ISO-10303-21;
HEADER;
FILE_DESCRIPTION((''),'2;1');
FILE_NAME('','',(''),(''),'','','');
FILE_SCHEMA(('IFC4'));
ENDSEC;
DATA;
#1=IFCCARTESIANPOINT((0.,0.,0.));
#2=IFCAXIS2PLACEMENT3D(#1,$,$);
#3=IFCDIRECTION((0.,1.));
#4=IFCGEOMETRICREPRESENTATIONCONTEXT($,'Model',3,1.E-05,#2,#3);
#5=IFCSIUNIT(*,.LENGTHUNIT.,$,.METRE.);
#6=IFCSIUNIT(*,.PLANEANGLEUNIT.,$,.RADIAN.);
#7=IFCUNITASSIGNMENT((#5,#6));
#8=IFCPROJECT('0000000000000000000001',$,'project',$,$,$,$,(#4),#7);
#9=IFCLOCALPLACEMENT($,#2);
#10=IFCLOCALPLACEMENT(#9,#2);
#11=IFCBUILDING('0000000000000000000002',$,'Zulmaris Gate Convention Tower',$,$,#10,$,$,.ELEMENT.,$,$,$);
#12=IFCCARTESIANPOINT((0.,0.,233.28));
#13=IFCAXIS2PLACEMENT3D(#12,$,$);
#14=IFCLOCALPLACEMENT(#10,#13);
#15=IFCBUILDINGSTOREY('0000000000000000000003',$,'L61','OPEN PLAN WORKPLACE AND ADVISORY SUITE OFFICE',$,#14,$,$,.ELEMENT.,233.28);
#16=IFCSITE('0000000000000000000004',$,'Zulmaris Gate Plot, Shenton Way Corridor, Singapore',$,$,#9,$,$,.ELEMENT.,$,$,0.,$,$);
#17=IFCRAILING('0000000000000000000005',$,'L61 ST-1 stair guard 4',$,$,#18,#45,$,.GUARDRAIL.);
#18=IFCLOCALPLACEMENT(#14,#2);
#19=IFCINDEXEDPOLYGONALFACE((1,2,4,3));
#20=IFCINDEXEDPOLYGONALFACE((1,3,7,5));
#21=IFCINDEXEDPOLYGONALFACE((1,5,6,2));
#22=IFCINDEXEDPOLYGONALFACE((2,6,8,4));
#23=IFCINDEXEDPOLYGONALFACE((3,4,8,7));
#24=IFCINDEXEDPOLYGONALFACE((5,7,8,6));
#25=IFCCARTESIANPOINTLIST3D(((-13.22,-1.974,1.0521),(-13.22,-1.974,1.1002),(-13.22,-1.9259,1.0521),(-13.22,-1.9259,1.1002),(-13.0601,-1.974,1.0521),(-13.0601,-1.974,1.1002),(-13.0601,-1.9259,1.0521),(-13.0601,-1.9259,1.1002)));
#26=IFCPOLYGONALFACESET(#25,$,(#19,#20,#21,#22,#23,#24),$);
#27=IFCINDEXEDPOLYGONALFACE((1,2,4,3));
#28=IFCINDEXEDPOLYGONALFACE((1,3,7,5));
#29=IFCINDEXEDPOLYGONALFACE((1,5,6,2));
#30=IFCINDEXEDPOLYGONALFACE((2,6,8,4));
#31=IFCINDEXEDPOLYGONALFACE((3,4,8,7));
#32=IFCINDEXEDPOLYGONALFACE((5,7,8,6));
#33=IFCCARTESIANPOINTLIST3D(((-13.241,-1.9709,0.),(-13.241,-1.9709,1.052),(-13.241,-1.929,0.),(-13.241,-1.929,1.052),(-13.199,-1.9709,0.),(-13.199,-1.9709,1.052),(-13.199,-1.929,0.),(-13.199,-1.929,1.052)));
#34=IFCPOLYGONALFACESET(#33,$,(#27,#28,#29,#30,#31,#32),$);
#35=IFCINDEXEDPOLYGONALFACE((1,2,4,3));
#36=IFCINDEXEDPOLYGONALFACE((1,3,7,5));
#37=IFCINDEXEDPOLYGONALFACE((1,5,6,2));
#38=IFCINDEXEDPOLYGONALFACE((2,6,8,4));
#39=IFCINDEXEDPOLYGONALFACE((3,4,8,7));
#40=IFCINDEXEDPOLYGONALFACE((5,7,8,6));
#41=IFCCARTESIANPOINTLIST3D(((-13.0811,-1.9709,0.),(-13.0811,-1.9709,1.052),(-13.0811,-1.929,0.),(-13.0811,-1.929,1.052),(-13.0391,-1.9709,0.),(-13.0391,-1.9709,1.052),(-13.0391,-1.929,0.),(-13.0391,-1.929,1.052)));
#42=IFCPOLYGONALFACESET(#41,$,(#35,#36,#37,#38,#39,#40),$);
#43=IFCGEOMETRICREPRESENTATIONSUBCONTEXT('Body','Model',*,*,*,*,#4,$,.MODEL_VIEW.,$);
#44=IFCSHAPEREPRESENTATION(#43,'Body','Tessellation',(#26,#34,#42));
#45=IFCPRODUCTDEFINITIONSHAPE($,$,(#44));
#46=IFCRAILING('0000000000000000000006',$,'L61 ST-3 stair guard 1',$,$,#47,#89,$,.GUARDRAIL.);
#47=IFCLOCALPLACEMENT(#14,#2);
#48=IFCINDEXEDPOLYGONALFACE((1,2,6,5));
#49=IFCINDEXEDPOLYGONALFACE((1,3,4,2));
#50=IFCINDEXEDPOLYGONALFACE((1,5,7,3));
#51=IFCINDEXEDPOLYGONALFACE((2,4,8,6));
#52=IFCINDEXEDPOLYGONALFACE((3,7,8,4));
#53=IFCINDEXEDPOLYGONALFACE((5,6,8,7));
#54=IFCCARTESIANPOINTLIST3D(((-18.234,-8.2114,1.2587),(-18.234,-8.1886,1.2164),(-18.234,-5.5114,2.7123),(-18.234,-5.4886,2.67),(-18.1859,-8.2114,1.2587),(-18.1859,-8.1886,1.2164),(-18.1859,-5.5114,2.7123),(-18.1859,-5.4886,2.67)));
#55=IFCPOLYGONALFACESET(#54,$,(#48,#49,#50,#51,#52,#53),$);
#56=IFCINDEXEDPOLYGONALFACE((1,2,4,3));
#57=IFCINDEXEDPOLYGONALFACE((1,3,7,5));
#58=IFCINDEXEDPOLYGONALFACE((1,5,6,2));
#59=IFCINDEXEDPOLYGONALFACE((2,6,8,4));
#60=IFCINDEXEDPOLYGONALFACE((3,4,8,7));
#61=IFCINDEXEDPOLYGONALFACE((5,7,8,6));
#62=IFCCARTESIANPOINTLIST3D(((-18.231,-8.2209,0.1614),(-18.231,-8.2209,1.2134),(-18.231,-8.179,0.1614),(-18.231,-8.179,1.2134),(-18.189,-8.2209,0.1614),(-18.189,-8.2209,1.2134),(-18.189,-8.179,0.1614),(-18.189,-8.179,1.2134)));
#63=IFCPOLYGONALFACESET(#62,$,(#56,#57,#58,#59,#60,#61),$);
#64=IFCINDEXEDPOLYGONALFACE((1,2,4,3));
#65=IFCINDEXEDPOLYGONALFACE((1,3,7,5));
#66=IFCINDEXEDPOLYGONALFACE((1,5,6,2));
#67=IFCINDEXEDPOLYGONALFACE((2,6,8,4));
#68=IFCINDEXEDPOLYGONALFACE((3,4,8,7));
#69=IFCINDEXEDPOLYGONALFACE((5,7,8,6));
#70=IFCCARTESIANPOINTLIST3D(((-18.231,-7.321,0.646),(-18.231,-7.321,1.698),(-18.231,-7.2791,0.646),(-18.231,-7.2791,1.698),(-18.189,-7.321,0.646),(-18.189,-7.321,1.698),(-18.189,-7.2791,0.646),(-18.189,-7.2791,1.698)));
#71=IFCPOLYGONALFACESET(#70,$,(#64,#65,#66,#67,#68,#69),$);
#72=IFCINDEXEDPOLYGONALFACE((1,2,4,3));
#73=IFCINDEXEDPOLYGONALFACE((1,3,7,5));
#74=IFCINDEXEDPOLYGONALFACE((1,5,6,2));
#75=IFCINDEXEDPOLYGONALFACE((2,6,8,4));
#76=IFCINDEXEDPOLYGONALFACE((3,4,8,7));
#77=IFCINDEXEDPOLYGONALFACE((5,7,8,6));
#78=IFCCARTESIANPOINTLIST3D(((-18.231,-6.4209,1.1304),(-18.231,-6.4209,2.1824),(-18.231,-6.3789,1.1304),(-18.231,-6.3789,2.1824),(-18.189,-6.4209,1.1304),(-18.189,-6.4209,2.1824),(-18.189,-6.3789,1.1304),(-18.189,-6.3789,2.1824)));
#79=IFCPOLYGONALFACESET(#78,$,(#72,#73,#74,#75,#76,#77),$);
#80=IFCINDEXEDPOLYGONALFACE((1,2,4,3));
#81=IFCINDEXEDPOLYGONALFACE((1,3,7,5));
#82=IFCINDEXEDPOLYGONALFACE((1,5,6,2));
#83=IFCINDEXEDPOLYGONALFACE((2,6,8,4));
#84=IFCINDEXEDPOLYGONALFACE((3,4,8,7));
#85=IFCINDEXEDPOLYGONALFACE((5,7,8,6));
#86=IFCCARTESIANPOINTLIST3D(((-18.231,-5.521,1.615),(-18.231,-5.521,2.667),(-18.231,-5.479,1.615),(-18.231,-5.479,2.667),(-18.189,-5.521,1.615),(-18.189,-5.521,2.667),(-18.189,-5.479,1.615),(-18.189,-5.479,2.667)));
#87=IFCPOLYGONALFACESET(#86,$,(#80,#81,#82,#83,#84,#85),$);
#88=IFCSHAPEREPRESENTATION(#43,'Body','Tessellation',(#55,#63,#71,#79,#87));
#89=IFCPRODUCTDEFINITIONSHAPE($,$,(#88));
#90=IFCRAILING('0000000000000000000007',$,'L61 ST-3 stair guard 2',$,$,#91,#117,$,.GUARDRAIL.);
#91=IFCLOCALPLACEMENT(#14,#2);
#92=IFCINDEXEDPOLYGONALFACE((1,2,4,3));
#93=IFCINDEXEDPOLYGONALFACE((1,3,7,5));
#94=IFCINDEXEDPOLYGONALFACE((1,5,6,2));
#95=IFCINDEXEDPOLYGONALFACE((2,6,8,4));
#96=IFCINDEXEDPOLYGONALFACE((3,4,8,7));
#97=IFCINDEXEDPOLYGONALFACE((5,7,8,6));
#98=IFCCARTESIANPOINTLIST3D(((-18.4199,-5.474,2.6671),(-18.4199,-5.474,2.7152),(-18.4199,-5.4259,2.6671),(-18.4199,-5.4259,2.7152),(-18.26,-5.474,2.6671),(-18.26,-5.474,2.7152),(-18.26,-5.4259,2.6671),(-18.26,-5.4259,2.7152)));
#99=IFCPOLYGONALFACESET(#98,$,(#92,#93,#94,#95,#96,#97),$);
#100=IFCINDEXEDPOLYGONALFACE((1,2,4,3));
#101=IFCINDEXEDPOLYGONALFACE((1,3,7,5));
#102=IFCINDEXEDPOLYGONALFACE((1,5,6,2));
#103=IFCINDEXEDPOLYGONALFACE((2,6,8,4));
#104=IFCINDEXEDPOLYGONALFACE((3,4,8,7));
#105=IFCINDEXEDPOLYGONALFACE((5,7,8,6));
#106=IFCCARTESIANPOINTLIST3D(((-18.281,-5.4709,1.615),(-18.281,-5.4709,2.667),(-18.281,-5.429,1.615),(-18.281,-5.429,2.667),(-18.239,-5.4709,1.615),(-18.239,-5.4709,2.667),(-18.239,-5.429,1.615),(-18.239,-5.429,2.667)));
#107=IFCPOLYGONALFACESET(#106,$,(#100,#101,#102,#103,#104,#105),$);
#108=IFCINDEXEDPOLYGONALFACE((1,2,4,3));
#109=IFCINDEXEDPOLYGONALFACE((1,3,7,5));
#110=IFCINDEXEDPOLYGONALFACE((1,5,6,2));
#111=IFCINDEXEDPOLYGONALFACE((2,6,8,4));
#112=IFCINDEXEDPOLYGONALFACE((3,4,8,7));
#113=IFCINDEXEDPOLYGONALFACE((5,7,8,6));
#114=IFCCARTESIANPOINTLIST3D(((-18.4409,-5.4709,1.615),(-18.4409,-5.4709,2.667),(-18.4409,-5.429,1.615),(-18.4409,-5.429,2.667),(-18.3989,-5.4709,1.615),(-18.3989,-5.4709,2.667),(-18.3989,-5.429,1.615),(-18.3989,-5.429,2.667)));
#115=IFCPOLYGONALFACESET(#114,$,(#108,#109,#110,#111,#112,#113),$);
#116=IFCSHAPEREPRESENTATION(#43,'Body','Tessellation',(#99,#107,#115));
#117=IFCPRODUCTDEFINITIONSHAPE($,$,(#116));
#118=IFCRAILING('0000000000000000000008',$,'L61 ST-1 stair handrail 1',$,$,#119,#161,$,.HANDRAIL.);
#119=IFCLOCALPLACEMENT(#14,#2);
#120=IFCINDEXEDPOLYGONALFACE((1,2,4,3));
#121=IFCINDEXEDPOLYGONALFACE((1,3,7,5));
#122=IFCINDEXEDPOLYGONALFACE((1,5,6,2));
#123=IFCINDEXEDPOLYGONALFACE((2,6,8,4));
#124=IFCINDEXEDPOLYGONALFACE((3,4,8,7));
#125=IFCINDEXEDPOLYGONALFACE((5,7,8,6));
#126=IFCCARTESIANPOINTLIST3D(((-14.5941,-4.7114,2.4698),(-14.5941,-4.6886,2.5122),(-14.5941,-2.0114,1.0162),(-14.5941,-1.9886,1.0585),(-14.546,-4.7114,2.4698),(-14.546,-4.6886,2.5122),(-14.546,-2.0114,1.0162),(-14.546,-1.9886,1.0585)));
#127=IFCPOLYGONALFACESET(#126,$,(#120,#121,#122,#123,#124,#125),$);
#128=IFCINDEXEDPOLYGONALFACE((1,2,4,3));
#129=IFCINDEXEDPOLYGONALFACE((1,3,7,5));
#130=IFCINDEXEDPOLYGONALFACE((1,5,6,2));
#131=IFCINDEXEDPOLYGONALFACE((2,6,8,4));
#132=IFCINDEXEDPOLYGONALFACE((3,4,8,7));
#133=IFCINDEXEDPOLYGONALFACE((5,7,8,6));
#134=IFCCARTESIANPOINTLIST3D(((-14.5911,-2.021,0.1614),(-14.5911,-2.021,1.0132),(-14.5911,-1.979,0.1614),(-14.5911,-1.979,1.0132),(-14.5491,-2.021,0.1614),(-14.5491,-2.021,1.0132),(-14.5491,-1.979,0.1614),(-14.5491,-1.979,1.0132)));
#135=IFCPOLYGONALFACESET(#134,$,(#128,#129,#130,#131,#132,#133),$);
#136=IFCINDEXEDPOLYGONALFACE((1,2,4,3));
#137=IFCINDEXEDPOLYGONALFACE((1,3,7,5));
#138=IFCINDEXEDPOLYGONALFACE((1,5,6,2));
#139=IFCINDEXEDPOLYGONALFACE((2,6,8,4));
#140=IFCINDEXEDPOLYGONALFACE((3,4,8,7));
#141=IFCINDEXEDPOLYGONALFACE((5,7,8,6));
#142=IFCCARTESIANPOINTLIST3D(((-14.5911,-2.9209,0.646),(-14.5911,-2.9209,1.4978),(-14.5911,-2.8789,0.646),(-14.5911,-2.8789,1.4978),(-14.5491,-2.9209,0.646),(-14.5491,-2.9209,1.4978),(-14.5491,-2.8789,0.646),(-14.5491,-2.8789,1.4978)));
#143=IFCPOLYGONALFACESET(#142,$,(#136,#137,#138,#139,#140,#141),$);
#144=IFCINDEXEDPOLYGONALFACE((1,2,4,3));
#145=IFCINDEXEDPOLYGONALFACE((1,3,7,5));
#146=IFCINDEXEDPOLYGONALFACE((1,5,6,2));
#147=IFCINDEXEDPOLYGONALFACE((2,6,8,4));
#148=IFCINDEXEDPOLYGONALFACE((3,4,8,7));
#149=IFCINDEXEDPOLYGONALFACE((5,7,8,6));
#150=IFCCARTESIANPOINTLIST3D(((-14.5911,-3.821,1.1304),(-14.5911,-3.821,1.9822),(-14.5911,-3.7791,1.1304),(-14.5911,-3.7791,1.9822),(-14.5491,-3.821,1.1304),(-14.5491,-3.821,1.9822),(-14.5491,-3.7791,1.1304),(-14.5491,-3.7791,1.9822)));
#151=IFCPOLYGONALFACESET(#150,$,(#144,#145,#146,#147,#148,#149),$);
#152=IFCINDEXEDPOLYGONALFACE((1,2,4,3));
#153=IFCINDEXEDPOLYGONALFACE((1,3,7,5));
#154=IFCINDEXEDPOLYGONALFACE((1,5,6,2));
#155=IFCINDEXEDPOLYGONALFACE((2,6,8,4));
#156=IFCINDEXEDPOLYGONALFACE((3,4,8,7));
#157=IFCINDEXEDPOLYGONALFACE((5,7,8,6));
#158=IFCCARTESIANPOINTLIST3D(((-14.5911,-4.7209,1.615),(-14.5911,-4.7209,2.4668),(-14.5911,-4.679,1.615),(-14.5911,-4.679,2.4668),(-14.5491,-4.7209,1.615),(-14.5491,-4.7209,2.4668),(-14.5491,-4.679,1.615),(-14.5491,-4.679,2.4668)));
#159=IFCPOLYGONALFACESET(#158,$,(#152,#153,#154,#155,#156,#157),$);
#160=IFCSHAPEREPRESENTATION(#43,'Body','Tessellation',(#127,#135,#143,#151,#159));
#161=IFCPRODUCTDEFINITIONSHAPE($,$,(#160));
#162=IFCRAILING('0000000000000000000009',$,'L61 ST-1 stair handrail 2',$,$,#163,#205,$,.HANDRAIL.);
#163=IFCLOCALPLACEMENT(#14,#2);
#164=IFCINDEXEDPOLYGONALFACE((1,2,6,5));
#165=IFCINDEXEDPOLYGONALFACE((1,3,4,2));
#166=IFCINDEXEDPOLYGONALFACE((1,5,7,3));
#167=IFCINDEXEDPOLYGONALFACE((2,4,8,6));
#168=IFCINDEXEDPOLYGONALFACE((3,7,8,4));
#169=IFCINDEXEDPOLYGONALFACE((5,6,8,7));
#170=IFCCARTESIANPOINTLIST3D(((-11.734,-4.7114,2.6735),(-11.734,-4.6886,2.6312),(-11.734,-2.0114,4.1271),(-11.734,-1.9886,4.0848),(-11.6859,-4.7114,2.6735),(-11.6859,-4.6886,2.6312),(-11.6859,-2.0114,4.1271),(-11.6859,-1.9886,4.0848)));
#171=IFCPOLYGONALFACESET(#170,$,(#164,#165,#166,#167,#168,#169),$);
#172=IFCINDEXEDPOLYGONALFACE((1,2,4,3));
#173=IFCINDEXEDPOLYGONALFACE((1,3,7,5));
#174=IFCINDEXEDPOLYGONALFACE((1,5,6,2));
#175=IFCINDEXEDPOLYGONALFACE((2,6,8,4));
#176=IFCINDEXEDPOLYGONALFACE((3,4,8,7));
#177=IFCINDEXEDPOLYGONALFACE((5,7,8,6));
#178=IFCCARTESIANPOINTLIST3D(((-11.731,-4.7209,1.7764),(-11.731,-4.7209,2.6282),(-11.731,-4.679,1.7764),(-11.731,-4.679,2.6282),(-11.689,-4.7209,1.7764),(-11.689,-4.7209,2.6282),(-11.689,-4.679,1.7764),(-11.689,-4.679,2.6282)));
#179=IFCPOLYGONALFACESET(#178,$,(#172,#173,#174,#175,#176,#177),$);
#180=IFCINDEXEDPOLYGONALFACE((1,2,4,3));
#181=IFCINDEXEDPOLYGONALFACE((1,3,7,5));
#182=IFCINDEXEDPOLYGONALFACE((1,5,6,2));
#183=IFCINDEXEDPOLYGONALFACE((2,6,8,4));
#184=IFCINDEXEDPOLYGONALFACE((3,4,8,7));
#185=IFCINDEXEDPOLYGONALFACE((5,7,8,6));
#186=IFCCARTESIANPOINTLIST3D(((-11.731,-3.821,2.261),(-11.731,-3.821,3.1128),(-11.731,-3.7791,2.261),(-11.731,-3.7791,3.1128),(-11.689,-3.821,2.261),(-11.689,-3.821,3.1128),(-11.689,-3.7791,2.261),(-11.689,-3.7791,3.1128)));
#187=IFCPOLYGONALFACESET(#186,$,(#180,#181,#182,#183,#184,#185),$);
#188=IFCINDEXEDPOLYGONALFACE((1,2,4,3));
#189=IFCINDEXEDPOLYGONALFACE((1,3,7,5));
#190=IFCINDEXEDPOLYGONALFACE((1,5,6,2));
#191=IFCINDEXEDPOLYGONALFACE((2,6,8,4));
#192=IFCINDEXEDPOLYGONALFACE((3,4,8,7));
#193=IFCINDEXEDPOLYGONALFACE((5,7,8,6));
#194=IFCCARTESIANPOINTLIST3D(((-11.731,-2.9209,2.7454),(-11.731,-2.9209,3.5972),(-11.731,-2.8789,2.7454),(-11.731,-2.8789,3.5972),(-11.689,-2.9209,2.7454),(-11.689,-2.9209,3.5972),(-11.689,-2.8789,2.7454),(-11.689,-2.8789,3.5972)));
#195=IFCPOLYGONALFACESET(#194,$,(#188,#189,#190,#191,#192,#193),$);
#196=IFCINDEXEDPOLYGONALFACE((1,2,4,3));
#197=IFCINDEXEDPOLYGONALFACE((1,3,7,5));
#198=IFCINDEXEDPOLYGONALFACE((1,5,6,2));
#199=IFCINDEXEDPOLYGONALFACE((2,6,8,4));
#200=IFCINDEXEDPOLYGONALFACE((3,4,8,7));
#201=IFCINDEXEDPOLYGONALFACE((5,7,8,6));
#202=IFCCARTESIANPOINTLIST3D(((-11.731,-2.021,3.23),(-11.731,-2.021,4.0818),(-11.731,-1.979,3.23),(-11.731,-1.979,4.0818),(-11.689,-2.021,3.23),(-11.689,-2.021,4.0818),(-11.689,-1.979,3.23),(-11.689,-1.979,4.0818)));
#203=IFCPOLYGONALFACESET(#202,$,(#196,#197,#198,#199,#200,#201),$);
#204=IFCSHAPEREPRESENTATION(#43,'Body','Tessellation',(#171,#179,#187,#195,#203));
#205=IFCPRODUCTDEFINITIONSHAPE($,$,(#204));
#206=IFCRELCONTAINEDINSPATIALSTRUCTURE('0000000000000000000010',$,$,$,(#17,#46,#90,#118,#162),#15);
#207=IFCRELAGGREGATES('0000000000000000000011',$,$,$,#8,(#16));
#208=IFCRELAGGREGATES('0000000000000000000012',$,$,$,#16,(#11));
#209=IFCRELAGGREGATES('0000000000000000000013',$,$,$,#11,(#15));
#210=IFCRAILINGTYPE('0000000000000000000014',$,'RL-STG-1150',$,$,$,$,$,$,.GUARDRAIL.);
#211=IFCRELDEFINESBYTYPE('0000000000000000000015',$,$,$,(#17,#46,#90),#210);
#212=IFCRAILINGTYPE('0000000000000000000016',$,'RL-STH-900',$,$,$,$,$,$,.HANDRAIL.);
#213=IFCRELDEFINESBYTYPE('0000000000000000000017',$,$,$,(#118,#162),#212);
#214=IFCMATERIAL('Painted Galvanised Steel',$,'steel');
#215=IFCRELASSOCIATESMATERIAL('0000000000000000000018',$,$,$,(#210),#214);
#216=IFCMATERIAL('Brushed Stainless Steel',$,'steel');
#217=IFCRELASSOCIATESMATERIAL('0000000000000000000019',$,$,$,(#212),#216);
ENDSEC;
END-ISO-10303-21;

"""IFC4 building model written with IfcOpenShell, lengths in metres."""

from ifc_helpers import new_model, si_unit, direction, frame, origin, origin_2d, place, context, subcontext, project, spatial, rectangle, extrude, material, type_object, element, save


model = new_model("IFC4")

# Units and contexts
model_context = context("Model", 3, precision=1e-05, world=origin(), true_north=direction((0.0, 1.0)))
body_context = subcontext(model_context, "Body", "Model", "MODEL_VIEW")
ifc_project = project(units=[si_unit("LENGTHUNIT", "METRE"), si_unit("PLANEANGLEUNIT", "RADIAN")], contexts=[model_context])

# Site, building, storey
site_placement = place(None, origin())
site = spatial("IfcSite", under=ifc_project, at=site_placement, Name="Zulmaris Gate Plot, Shenton Way Corridor, Singapore", CompositionType="ELEMENT", RefElevation=0.0)
building_placement = place(site_placement, origin())
building = spatial("IfcBuilding", under=site, at=building_placement, Name="Zulmaris Gate Convention Tower", CompositionType="ELEMENT")
storey_placement = place(building_placement, frame((0.0, 0.0, 233.28)))
storey = spatial("IfcBuildingStorey", under=building, at=storey_placement, Name="L61", Description="OPEN PLAN WORKPLACE AND ADVISORY SUITE OFFICE", CompositionType="ELEMENT", Elevation=233.28)

# Shared definitions
ifc_material_1 = material(Name="Brushed Stainless Steel", Category="steel")

# Railings
ifc_material_2 = material(Name="Painted Galvanised Steel", Category="steel")
railing_type_1 = type_object("IfcRailingType", Name="RL-STG-1150", PredefinedType="GUARDRAIL", material=ifc_material_2)
railing_1_placement = place(storey_placement, frame((-13.22, -1.95, 0.0)))
element("IfcRailing", 1, at=railing_1_placement, inside=storey, type_object=railing_type_1, Name="L61 ST-1 stair guard 4", PredefinedType="GUARDRAIL", context=body_context, shape_type="SweptSolid", body=[
    extrude(rectangle(XDim=0.0481, YDim=0.0481, at=origin_2d()), frame((0.0, 0.0, 1.0762), z_axis=(1.0, 0.0, 0.0), x_axis=(0.0, 1.0, 0.0)), (0.0, 0.0, 1.0), 0.1599),
    extrude(rectangle(XDim=0.042, YDim=0.042, at=origin_2d()), origin(), (0.0, 0.0, 1.0), 1.052),
    extrude(rectangle(XDim=0.042, YDim=0.042, at=origin_2d()), frame((0.1599, 0.0, 0.0)), (0.0, 0.0, 1.0), 1.052),
])
railing_2_placement = place(storey_placement, frame((-18.21, -8.2, 0.1614)))
element("IfcRailing", 2, at=railing_2_placement, inside=storey, type_object=railing_type_1, Name="L61 ST-3 stair guard 1", PredefinedType="GUARDRAIL", context=body_context, shape_type="SweptSolid", body=[
    extrude(rectangle(XDim=0.0481, YDim=0.0481, at=origin_2d()), frame((0.0, 0.0, 1.0762), z_axis=(0.0, 0.880499, 0.474048), x_axis=(-1.0, 0.0, 0.0)), (0.0, 0.0, 1.0), 3.0664),
    extrude(rectangle(XDim=0.042, YDim=0.042, at=origin_2d()), origin(), (0.0, 0.0, 1.0), 1.052),
    extrude(rectangle(XDim=0.042, YDim=0.042, at=origin_2d()), frame((0.0, 0.8999, 0.4846)), (0.0, 0.0, 1.0), 1.052),
    extrude(rectangle(XDim=0.042, YDim=0.042, at=origin_2d()), frame((0.0, 1.8, 0.969)), (0.0, 0.0, 1.0), 1.052),
    extrude(rectangle(XDim=0.042, YDim=0.042, at=origin_2d()), frame((0.0, 2.7, 1.4536)), (0.0, 0.0, 1.0), 1.052),
])
railing_3_placement = place(storey_placement, frame((-18.26, -5.45, 1.615)))
element("IfcRailing", 3, at=railing_3_placement, inside=storey, type_object=railing_type_1, Name="L61 ST-3 stair guard 2", PredefinedType="GUARDRAIL", context=body_context, shape_type="SweptSolid", body=[
    extrude(rectangle(XDim=0.0481, YDim=0.0481, at=origin_2d()), frame((0.0, 0.0, 1.0762), z_axis=(-1.0, 0.0, 0.0), x_axis=(0.0, -1.0, 0.0)), (0.0, 0.0, 1.0), 0.1599),
    extrude(rectangle(XDim=0.042, YDim=0.042, at=origin_2d()), origin(), (0.0, 0.0, 1.0), 1.052),
    extrude(rectangle(XDim=0.042, YDim=0.042, at=origin_2d()), frame((-0.1599, 0.0, 0.0)), (0.0, 0.0, 1.0), 1.052),
])
railing_type_2 = type_object("IfcRailingType", Name="RL-STH-900", PredefinedType="HANDRAIL", material=ifc_material_1)
railing_4_placement = place(storey_placement, frame((-14.5701, -2.0, 0.1614)))
element("IfcRailing", 4, at=railing_4_placement, inside=storey, type_object=railing_type_2, Name="L61 ST-1 stair handrail 1", PredefinedType="HANDRAIL", context=body_context, shape_type="SweptSolid", body=[
    extrude(rectangle(XDim=0.0481, YDim=0.0481, at=origin_2d()), frame((0.0, 0.0, 0.876), z_axis=(0.0, -0.880499, 0.474048), x_axis=(1.0, 0.0, 0.0)), (0.0, 0.0, 1.0), 3.0664),
    extrude(rectangle(XDim=0.042, YDim=0.042, at=origin_2d()), origin(), (0.0, 0.0, 1.0), 0.8518),
    extrude(rectangle(XDim=0.042, YDim=0.042, at=origin_2d()), frame((0.0, -0.8999, 0.4846)), (0.0, 0.0, 1.0), 0.8518),
    extrude(rectangle(XDim=0.042, YDim=0.042, at=origin_2d()), frame((0.0, -1.8, 0.969)), (0.0, 0.0, 1.0), 0.8518),
    extrude(rectangle(XDim=0.042, YDim=0.042, at=origin_2d()), frame((0.0, -2.7, 1.4536)), (0.0, 0.0, 1.0), 0.8518),
])
for number, where, name in (
    (5, (-11.71, -4.7, 1.7764), "L61 ST-1 stair handrail 2"),
):
    element("IfcRailing", number, at=place(storey_placement, frame(where)), inside=storey, type_object=railing_type_2, Name=name, PredefinedType="HANDRAIL", context=body_context, shape_type="SweptSolid", body=[
        extrude(rectangle(XDim=0.0481, YDim=0.0481, at=origin_2d()), frame((0.0, 0.0, 0.876), z_axis=(0.0, 0.880499, 0.474048), x_axis=(-1.0, 0.0, 0.0)), (0.0, 0.0, 1.0), 3.0664),
        extrude(rectangle(XDim=0.042, YDim=0.042, at=origin_2d()), origin(), (0.0, 0.0, 1.0), 0.8518),
        extrude(rectangle(XDim=0.042, YDim=0.042, at=origin_2d()), frame((0.0, 0.8999, 0.4846)), (0.0, 0.0, 1.0), 0.8518),
        extrude(rectangle(XDim=0.042, YDim=0.042, at=origin_2d()), frame((0.0, 1.8, 0.969)), (0.0, 0.0, 1.0), 0.8518),
        extrude(rectangle(XDim=0.042, YDim=0.042, at=origin_2d()), frame((0.0, 2.7, 1.4536)), (0.0, 0.0, 1.0), 0.8518),
    ])

save(model, "model.ifc")
